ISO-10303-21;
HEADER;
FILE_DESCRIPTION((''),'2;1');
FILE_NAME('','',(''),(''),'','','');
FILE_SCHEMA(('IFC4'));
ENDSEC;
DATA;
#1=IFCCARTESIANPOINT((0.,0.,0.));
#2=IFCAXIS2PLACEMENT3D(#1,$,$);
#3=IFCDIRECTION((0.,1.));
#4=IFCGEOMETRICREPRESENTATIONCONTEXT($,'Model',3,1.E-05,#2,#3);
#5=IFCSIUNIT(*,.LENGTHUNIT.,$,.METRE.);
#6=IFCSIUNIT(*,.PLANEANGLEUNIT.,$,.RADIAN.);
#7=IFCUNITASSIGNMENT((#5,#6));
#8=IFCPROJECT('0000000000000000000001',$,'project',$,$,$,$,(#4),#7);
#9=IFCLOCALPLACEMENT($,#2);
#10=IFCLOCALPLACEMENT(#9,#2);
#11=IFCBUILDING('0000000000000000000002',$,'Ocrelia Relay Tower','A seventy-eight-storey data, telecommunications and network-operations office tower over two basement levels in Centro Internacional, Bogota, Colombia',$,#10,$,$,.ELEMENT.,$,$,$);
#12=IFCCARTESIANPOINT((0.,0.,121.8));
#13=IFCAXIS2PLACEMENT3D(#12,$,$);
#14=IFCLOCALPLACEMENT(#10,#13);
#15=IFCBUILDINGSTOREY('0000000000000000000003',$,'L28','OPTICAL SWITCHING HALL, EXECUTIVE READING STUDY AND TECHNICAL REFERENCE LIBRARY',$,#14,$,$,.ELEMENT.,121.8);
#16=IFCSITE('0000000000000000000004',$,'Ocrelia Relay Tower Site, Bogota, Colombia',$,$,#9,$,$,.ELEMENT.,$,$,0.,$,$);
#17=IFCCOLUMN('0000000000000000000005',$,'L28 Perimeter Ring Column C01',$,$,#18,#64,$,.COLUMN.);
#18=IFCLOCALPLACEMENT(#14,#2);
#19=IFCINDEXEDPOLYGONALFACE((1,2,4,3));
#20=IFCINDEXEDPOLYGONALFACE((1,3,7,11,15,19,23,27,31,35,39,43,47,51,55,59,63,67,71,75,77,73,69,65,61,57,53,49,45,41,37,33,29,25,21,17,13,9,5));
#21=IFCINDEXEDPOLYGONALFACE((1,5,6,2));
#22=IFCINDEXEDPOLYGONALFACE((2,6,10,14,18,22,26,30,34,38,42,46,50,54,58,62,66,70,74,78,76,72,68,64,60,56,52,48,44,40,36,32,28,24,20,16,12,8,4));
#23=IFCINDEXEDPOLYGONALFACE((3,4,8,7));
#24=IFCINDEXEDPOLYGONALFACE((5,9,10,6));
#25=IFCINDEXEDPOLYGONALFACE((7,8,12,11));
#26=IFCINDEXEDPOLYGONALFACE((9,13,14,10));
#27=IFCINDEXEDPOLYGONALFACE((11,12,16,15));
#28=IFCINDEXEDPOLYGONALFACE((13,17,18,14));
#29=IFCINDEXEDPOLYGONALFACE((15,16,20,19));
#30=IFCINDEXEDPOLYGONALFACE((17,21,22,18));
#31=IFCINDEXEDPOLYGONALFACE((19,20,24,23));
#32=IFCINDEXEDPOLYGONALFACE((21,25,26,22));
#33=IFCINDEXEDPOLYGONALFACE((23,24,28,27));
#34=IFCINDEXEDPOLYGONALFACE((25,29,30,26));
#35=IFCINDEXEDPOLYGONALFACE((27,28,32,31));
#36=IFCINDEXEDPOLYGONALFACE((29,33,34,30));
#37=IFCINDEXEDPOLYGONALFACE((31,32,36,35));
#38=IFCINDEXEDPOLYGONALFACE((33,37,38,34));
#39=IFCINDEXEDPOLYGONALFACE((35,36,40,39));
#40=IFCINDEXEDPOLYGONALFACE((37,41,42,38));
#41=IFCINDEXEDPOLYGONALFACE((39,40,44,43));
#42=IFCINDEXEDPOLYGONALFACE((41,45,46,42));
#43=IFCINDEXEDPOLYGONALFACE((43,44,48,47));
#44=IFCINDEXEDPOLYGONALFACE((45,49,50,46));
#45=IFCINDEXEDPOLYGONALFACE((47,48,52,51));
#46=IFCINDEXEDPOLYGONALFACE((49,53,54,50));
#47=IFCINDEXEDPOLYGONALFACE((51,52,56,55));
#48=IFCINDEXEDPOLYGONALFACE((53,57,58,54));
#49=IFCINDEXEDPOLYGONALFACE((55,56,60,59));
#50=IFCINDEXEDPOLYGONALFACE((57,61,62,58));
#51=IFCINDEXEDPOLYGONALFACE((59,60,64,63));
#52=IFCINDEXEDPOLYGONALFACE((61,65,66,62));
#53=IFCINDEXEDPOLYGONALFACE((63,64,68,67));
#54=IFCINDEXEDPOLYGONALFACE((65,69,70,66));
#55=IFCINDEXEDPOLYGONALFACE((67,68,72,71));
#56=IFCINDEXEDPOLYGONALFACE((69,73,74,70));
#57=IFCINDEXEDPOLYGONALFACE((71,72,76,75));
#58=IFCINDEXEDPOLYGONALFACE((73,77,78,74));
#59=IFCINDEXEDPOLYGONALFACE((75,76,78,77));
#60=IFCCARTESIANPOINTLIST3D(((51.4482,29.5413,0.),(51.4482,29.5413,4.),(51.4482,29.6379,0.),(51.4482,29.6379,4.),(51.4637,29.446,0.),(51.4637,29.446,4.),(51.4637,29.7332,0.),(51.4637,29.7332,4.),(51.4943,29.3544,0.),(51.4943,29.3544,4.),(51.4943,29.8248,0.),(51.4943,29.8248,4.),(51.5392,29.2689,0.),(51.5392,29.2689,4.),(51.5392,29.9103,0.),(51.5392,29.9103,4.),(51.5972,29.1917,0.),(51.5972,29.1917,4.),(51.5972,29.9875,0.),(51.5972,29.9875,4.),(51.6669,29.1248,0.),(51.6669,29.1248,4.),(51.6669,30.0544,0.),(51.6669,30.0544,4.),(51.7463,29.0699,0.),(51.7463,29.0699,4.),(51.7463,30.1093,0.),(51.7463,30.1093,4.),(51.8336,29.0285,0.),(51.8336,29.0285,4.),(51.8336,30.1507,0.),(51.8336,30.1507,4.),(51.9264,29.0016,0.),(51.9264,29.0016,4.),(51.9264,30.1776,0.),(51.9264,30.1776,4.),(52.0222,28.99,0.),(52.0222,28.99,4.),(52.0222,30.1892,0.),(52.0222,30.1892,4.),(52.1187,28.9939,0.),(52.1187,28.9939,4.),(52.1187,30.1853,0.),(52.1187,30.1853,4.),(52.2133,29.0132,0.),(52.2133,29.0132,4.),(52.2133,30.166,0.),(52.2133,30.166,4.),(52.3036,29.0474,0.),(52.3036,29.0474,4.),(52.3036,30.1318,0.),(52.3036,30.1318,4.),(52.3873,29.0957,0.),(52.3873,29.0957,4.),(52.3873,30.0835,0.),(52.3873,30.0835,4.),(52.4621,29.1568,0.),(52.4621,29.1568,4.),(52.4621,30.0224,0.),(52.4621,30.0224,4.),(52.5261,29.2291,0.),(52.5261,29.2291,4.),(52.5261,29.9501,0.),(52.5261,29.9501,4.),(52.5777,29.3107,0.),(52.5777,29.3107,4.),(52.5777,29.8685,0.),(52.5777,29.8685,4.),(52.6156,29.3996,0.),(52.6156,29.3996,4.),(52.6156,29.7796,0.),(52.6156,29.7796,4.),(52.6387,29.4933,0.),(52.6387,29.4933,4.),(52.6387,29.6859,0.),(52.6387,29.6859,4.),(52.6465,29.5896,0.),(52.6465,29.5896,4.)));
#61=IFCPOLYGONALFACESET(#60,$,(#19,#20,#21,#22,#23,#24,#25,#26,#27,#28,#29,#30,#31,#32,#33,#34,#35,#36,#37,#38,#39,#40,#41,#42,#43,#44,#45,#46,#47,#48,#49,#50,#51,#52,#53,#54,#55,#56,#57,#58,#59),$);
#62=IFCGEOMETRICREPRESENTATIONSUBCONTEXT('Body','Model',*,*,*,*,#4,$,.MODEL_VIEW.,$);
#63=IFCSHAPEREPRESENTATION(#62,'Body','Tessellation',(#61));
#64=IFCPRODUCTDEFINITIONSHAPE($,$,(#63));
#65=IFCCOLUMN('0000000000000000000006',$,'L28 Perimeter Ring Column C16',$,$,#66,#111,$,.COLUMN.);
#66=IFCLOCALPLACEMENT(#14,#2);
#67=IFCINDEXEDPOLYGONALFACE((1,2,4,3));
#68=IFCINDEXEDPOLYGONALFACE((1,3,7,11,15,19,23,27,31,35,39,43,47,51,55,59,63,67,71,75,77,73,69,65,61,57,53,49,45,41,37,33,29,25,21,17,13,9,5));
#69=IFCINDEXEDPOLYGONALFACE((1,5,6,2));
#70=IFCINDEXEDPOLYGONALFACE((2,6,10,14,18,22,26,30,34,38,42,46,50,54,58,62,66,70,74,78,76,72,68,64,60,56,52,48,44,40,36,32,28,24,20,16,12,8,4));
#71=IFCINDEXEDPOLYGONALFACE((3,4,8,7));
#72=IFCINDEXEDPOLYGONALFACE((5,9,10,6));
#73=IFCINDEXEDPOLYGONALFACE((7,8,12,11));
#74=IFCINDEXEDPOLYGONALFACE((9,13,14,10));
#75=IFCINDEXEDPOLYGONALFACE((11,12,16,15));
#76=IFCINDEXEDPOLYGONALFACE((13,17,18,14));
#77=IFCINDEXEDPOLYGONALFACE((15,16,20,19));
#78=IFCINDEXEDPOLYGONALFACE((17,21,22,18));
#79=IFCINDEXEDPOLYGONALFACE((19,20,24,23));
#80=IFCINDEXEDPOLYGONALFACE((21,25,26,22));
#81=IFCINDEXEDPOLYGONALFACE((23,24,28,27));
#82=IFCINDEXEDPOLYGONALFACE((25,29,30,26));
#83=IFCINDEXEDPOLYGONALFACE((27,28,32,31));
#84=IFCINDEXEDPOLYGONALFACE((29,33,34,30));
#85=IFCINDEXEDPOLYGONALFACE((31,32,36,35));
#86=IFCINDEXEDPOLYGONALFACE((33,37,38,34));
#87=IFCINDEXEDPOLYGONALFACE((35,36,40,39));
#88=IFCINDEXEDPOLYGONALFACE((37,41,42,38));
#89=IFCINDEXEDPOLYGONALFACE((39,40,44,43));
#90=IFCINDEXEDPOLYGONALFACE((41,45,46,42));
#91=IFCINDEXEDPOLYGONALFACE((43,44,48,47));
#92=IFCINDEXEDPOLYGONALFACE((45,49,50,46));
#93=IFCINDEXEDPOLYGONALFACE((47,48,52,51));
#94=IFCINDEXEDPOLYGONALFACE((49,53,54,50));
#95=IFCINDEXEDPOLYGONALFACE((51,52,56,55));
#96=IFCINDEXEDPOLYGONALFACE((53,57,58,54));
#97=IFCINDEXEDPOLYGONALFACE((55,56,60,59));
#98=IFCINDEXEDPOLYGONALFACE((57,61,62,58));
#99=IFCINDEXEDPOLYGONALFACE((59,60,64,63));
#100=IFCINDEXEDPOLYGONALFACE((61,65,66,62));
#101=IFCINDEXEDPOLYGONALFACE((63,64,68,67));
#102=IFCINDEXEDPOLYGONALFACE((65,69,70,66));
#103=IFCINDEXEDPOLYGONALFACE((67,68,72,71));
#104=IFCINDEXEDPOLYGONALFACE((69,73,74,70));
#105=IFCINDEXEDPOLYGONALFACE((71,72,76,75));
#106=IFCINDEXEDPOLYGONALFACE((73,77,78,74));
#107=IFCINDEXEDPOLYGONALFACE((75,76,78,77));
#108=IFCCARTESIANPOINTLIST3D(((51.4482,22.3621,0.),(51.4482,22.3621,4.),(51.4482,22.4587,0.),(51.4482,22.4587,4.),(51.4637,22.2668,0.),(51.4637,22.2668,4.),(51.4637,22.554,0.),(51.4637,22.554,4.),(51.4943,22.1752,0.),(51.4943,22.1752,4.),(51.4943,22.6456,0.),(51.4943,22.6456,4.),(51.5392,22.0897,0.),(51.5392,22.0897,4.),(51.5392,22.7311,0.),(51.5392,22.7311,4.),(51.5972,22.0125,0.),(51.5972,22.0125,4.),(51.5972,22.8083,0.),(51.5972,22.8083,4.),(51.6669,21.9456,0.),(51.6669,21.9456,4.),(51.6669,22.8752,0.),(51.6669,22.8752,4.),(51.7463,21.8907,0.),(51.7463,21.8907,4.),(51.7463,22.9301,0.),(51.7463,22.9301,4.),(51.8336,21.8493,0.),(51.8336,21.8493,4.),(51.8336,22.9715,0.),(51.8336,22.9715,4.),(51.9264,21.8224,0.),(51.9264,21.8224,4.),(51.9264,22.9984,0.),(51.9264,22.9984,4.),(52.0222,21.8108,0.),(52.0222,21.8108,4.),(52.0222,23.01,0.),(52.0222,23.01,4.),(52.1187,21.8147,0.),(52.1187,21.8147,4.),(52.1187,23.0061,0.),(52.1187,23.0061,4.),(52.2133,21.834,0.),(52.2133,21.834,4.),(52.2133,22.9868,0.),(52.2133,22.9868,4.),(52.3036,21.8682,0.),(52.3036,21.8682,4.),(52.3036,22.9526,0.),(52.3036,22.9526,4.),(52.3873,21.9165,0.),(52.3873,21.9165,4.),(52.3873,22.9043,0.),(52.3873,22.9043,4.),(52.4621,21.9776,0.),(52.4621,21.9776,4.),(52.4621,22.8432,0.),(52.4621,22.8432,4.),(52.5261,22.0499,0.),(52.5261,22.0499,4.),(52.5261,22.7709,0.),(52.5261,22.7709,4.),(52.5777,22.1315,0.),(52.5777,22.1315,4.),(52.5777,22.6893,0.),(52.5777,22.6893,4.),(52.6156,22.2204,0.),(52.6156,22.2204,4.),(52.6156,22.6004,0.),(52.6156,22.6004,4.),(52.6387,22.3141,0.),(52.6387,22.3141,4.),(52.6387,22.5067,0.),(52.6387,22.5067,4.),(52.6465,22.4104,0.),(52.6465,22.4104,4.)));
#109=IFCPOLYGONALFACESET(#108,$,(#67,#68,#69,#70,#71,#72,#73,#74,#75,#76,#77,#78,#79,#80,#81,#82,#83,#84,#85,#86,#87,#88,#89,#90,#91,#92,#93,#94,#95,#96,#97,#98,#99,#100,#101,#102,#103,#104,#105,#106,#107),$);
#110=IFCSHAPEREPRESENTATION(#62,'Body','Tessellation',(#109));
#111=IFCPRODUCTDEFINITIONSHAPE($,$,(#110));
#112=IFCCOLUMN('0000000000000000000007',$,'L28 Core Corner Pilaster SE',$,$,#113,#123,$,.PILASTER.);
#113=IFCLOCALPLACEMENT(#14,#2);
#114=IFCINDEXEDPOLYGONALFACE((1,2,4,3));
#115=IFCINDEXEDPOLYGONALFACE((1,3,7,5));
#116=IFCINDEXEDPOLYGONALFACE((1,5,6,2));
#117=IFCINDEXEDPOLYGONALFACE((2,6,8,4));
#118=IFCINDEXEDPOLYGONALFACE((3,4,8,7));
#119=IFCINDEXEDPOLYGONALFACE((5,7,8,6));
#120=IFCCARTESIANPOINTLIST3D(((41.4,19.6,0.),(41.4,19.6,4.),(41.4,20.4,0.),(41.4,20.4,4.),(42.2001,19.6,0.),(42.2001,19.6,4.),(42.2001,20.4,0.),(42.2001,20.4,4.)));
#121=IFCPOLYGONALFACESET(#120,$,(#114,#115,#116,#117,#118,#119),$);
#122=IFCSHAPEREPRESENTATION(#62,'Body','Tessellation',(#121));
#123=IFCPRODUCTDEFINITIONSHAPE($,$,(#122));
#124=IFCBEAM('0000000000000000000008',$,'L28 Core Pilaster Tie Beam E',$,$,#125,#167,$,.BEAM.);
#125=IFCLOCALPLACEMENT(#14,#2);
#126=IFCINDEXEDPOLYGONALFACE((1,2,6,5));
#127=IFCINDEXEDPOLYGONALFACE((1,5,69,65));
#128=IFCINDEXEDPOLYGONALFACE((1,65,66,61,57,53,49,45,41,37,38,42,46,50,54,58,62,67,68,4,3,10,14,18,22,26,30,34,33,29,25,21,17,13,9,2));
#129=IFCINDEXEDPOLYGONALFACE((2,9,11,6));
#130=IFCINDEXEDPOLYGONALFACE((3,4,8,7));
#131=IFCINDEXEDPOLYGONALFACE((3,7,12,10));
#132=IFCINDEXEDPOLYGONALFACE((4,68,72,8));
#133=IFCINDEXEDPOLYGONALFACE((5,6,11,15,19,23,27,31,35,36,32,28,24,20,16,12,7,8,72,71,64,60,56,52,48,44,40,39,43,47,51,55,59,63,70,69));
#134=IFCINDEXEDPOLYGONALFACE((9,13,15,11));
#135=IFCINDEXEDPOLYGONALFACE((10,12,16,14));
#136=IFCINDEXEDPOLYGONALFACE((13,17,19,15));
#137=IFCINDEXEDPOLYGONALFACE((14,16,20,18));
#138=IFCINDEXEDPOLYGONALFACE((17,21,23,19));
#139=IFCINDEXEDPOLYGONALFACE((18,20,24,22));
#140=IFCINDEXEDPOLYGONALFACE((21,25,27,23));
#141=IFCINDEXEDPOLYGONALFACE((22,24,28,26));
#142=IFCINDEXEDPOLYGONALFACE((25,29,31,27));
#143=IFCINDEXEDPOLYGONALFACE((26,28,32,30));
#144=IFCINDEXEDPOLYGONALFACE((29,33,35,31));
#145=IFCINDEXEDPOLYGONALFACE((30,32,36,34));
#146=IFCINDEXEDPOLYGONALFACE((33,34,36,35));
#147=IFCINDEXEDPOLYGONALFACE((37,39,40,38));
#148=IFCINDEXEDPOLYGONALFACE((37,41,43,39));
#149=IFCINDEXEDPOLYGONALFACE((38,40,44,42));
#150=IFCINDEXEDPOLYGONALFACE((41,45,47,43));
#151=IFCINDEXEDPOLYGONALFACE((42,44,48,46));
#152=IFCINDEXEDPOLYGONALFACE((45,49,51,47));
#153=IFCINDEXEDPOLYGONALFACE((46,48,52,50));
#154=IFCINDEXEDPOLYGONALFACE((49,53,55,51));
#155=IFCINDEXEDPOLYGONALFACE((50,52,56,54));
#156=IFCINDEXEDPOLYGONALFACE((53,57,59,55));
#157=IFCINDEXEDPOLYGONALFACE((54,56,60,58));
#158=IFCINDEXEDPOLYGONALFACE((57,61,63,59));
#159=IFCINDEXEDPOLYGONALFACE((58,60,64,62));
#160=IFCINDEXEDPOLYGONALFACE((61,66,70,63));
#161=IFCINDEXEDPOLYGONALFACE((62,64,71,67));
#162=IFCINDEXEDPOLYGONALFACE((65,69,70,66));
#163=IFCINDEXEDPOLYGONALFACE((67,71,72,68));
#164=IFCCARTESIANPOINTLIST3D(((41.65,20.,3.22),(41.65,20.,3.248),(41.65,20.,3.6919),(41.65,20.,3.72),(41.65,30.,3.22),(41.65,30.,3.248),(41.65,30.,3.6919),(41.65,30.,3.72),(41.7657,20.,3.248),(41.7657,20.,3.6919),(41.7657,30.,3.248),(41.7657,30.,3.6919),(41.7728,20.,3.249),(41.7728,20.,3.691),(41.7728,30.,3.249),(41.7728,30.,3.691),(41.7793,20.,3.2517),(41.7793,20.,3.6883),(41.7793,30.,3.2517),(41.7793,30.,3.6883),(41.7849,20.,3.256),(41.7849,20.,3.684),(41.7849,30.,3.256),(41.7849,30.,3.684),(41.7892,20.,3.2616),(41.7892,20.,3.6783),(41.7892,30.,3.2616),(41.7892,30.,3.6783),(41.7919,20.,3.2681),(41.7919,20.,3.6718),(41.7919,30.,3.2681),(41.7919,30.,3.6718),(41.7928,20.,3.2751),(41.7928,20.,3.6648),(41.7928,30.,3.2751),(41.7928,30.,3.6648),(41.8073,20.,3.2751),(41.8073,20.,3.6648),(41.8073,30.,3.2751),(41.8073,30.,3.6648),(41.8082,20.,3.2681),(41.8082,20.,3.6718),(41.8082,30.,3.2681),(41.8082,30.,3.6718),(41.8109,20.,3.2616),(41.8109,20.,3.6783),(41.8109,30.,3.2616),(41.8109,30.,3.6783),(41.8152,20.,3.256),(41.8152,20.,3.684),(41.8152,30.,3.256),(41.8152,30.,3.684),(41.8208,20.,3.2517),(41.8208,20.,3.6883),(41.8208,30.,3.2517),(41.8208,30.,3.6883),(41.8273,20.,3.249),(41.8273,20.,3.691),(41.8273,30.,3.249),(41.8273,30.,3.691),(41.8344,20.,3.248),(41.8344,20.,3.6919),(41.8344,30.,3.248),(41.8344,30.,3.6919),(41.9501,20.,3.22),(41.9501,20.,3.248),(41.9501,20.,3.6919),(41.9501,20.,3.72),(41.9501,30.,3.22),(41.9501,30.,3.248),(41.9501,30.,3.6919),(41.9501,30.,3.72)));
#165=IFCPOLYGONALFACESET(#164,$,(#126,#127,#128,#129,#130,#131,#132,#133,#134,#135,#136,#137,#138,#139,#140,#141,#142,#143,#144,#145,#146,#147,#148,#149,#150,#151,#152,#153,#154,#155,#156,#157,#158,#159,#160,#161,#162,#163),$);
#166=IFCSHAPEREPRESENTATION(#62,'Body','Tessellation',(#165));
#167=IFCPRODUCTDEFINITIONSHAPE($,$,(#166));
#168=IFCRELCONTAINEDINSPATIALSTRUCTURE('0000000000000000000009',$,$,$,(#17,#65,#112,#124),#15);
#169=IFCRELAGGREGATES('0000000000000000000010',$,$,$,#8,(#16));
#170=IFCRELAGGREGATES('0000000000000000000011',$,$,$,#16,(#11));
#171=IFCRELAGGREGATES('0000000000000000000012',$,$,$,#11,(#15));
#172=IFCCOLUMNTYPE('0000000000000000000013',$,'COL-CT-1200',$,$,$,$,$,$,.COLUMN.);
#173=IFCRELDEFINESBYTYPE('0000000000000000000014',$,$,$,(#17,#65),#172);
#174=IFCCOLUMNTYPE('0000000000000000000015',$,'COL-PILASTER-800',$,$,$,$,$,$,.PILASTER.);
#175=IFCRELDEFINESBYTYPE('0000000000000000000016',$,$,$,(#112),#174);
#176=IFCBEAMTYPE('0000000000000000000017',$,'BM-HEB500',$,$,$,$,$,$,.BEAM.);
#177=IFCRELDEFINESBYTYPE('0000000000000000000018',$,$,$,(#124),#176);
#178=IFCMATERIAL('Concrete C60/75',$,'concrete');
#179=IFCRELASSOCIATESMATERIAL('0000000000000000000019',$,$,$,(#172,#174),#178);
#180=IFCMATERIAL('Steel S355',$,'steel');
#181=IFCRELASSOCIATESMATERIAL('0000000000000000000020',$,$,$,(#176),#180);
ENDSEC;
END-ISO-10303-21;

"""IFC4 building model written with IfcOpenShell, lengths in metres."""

from ifc_helpers import new_model, si_unit, direction, frame, origin, origin_2d, place, context, subcontext, project, spatial, rectangle, circle, i_section, extrude, material, material_profile, profile_set, type_object, element, save


model = new_model("IFC4")

# Units and contexts
model_context = context("Model", 3, precision=1e-05, world=origin(), true_north=direction((0.0, 1.0)))
body_context = subcontext(model_context, "Body", "Model", "MODEL_VIEW")
ifc_project = project(units=[si_unit("LENGTHUNIT", "METRE"), si_unit("PLANEANGLEUNIT", "RADIAN")], contexts=[model_context])

# Site, building, storey
site_placement = place(None, origin())
site = spatial("IfcSite", under=ifc_project, at=site_placement, Name="Ocrelia Relay Tower Site, Bogota, Colombia", CompositionType="ELEMENT", RefElevation=0.0)
building_placement = place(site_placement, origin())
building = spatial("IfcBuilding", under=site, at=building_placement, Name="Ocrelia Relay Tower", Description="A seventy-eight-storey data, telecommunications and network-operations office tower over two basement levels in Centro Internacional, Bogota, Colombia", CompositionType="ELEMENT")
storey_placement = place(building_placement, frame((0.0, 0.0, 121.8)))
storey = spatial("IfcBuildingStorey", under=building, at=storey_placement, Name="L28", Description="OPTICAL SWITCHING HALL, EXECUTIVE READING STUDY AND TECHNICAL REFERENCE LIBRARY", CompositionType="ELEMENT", Elevation=121.8)

# Columns
ifc_material_1 = material(Name="Concrete C60/75", Category="concrete")
ifc_material_profile_1 = material_profile(ifc_material_1, circle(Radius=0.6001, at=origin_2d()), Name="RC-CIR-1200")
ifc_profile_set_1 = profile_set([ifc_material_profile_1], Name="Concrete C60/75")
column_type_1 = type_object("IfcColumnType", Name="COL-CT-1200", PredefinedType="COLUMN", material=ifc_profile_set_1)
for number, where, z_axis, x_axis, name in (
    (1, (52.0464, 29.5896, 0.0), (0.0, 0.0, 1.0), (1.0, 0.0, 0.0), "L28 Perimeter Ring Column C01"),
    (2, (52.0464, 22.4104, 0.0), (0.0, 0.0, 1.0), (1.0, 0.0, 0.0), "L28 Perimeter Ring Column C16"),
):
    element("IfcColumn", number, at=place(storey_placement, frame(where, z_axis=z_axis, x_axis=x_axis)), inside=storey, type_object=column_type_1, Name=name, PredefinedType="COLUMN", context=body_context, shape_type="SweptSolid", body=[
        extrude(circle(Radius=0.6001, at=origin_2d()), origin(), (0.0, 0.0, 1.0), 4.0),
    ])
ifc_material_profile_2 = material_profile(ifc_material_1, rectangle(XDim=0.8, YDim=0.8, at=origin_2d()), Name="RC-COL-800x800")
ifc_profile_set_2 = profile_set([ifc_material_profile_2], Name="Concrete C60/75")
column_type_2 = type_object("IfcColumnType", Name="COL-PILASTER-800", PredefinedType="PILASTER", material=ifc_profile_set_2)
column_placement = place(storey_placement, frame((41.8, 20.0, 0.0), z_axis=(0.0, 0.0, 1.0), x_axis=(1.0, 0.0, 0.0)))
element("IfcColumn", 3, at=column_placement, inside=storey, type_object=column_type_2, Name="L28 Core Corner Pilaster SE", PredefinedType="PILASTER", context=body_context, shape_type="SweptSolid", body=[
    extrude(rectangle(XDim=0.8, YDim=0.8, at=origin_2d()), origin(), (0.0, 0.0, 1.0), 4.0),
])

# Beam
ifc_material_2 = material(Name="Steel S355", Category="steel")
ifc_material_profile_3 = material_profile(ifc_material_2, i_section(OverallWidth=0.3, OverallDepth=0.5, WebThickness=0.0144, FlangeThickness=0.0281, FilletRadius=0.0271, at=origin_2d()), Name="HEB 500")
ifc_profile_set_3 = profile_set([ifc_material_profile_3], Name="Steel S355")
beam_type_1 = type_object("IfcBeamType", Name="BM-HEB500", PredefinedType="BEAM", material=ifc_profile_set_3)
beam_1_placement = place(storey_placement, frame((41.8, 20.0, 3.47), z_axis=(0.0, 1.0, 0.0), x_axis=(-1.0, 0.0, 0.0)))
element("IfcBeam", 4, at=beam_1_placement, inside=storey, type_object=beam_type_1, Name="L28 Core Pilaster Tie Beam E", PredefinedType="BEAM", context=body_context, shape_type="SweptSolid", body=[
    extrude(i_section(OverallWidth=0.3, OverallDepth=0.5, WebThickness=0.0144, FlangeThickness=0.0281, FilletRadius=0.0271, at=origin_2d()), origin(), (0.0, 0.0, 1.0), 10.0),
])

save(model, "model.ifc")
